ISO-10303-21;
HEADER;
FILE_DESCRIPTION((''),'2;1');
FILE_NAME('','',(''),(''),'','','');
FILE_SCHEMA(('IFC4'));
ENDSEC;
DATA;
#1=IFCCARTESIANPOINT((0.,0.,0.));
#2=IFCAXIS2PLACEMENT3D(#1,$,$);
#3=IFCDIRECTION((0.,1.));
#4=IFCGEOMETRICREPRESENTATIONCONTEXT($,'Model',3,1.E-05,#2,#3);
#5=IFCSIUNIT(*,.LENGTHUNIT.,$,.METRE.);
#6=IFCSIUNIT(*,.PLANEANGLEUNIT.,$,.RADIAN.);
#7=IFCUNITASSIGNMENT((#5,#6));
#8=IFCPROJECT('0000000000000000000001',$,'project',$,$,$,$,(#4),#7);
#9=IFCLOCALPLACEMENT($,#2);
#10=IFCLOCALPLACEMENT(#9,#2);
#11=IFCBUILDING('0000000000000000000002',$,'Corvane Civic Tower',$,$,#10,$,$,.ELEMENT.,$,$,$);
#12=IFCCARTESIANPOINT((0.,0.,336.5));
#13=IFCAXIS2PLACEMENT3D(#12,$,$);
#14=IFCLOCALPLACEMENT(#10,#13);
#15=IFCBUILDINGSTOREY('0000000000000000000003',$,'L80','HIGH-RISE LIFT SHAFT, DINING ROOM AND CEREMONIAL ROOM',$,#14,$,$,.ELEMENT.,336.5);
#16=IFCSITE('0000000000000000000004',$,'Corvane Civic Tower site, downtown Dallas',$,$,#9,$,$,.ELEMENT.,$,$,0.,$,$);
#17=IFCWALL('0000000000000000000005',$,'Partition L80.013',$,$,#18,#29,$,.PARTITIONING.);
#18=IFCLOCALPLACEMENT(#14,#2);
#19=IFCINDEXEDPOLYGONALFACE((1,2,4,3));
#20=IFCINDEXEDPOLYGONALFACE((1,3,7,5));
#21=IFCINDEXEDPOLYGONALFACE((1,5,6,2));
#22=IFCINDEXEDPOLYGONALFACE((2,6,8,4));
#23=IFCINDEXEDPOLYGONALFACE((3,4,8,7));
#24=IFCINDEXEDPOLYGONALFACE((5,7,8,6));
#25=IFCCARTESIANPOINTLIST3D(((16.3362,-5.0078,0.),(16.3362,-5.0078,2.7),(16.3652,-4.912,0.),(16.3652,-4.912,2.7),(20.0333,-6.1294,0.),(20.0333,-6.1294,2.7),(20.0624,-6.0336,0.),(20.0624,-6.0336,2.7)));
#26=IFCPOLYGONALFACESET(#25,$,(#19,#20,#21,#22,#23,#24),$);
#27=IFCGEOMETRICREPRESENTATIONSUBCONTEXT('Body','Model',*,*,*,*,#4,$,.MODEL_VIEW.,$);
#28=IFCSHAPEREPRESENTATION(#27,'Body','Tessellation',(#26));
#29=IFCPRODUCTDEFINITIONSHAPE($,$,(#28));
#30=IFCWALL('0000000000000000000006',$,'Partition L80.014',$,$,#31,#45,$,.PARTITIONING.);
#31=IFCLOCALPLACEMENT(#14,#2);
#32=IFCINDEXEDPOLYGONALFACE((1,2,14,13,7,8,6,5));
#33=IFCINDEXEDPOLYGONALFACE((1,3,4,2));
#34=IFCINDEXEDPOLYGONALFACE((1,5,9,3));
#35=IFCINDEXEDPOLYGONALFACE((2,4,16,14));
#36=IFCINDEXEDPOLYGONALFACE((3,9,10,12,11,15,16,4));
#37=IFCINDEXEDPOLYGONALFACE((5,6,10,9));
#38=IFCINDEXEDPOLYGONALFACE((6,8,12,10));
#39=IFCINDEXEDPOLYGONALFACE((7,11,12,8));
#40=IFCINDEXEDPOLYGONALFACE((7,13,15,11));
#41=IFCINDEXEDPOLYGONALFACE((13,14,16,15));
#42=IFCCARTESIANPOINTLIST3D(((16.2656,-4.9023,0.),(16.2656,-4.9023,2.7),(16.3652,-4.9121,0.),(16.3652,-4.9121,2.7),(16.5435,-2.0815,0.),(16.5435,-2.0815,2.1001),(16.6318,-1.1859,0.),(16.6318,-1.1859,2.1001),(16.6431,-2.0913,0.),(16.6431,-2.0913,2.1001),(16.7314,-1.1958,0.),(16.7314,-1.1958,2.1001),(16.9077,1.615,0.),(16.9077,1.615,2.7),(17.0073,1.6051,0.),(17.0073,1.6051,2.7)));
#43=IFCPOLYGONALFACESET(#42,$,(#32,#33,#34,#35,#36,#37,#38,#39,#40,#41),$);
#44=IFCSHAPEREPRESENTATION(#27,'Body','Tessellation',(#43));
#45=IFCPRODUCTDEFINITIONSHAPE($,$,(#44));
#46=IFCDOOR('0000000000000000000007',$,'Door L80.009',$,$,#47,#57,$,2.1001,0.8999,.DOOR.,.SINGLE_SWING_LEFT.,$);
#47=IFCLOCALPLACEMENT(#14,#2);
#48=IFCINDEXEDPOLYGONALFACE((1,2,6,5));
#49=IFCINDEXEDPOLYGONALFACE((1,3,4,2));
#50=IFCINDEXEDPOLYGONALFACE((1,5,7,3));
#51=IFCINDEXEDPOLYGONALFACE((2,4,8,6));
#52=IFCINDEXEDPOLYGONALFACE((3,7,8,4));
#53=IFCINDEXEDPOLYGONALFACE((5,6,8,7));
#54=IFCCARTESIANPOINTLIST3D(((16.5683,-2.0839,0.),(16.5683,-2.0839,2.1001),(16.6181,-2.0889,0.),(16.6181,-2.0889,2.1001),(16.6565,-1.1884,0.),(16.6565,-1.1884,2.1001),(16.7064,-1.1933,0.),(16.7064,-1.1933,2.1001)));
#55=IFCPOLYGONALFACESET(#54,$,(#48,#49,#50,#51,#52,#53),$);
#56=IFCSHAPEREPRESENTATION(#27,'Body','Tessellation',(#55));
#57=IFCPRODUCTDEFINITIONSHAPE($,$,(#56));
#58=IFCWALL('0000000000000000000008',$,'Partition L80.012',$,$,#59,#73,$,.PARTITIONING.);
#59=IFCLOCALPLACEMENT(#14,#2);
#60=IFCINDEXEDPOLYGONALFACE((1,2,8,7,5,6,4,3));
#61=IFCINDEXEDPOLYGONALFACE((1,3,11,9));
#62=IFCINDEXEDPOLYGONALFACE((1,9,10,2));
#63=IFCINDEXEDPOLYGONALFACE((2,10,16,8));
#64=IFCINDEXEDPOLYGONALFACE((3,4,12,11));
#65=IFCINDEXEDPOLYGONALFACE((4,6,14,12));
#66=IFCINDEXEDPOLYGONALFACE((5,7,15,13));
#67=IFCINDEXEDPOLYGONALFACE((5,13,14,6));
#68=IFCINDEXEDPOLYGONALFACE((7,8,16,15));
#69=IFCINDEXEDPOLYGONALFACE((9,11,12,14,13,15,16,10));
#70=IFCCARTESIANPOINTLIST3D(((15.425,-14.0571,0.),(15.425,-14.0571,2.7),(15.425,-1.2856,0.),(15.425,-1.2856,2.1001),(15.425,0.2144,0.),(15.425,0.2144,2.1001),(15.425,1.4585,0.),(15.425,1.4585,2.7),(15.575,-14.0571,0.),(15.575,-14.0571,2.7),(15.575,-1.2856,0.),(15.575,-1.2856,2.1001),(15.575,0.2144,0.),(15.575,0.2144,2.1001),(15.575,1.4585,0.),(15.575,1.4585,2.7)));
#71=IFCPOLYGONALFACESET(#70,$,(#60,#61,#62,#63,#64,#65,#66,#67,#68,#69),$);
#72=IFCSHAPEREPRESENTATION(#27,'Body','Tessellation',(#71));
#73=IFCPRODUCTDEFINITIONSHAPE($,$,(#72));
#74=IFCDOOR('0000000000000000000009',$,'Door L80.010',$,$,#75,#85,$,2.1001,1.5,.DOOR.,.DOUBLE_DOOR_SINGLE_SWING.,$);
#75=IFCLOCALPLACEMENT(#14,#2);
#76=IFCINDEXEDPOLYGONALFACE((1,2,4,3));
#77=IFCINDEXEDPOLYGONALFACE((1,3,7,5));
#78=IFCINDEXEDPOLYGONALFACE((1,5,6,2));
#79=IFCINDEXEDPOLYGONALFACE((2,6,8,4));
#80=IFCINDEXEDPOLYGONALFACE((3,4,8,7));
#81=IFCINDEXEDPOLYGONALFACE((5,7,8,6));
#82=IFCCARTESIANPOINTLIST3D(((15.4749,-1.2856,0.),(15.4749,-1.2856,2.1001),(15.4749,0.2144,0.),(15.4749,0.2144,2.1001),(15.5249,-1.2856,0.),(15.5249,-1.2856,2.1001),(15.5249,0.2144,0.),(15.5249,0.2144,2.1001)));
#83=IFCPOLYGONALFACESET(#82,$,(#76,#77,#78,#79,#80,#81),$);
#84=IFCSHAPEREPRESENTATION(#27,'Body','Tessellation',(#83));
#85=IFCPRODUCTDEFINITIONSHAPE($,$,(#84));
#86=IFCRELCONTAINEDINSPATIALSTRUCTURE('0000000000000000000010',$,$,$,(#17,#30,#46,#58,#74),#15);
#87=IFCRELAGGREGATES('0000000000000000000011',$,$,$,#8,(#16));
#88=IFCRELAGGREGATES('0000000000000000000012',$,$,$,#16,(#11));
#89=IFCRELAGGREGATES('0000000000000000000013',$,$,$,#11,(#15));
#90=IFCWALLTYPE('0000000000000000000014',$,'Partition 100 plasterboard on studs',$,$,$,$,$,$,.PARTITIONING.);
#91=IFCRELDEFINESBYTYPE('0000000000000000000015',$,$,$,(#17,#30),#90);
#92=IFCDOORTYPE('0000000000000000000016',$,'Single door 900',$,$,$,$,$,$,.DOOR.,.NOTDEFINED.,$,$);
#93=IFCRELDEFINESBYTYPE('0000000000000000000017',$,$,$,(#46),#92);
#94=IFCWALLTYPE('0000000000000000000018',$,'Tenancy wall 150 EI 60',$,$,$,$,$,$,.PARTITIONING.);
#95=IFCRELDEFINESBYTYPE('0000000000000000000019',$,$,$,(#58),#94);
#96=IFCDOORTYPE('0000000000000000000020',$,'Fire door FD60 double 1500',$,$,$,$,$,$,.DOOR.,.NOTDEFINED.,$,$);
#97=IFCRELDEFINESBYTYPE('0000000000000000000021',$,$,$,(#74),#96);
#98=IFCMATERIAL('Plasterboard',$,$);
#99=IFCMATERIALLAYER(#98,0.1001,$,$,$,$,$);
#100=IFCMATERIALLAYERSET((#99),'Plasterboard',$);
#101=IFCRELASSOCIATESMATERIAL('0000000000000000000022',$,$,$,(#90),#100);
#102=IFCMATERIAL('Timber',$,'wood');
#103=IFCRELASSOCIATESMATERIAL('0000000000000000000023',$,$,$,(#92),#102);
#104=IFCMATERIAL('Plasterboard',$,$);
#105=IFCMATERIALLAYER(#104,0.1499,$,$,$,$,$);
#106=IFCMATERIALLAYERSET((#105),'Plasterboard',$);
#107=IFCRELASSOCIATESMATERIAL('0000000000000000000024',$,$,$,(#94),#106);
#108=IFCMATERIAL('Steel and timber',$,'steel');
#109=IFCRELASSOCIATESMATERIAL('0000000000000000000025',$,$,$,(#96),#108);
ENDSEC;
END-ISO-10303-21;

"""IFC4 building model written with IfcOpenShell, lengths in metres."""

from ifc_helpers import new_model, si_unit, direction, frame, frame_2d, origin, place, context, subcontext, project, spatial, rectangle, extrude, material, layer, layer_set, type_object, element, fill, save


model = new_model("IFC4")

# Units and contexts
model_context = context("Model", 3, precision=1e-05, world=origin(), true_north=direction((0.0, 1.0)))
body_context = subcontext(model_context, "Body", "Model", "MODEL_VIEW")
ifc_project = project(units=[si_unit("LENGTHUNIT", "METRE"), si_unit("PLANEANGLEUNIT", "RADIAN")], contexts=[model_context])

# Site, building, storey
site_placement = place(None, origin())
site = spatial("IfcSite", under=ifc_project, at=site_placement, Name="Corvane Civic Tower site, downtown Dallas", CompositionType="ELEMENT", RefElevation=0.0)
building_placement = place(site_placement, origin())
building = spatial("IfcBuilding", under=site, at=building_placement, Name="Corvane Civic Tower", CompositionType="ELEMENT")
storey_placement = place(building_placement, frame((0.0, 0.0, 336.5)))
storey = spatial("IfcBuildingStorey", under=building, at=storey_placement, Name="L80", Description="HIGH-RISE LIFT SHAFT, DINING ROOM AND CEREMONIAL ROOM", CompositionType="ELEMENT", Elevation=336.5)

# Wall
ifc_material_1 = material(Name="Plasterboard")
ifc_layer_1 = layer(ifc_material_1, 0.1001)
ifc_layer_set_1 = layer_set([ifc_layer_1], Name="Plasterboard")
wall_type_1 = type_object("IfcWallType", Name="Partition 100 plasterboard on studs", PredefinedType="PARTITIONING", material=ifc_layer_set_1)
wall_1_placement = place(storey_placement, frame((16.3508, -4.96, 0.0), z_axis=(0.0, 0.0, 1.0), x_axis=(0.956938, -0.290291, 0.0)))
element("IfcWall", 1, at=wall_1_placement, inside=storey, type_object=wall_type_1, Name="Partition L80.013", PredefinedType="PARTITIONING", context=body_context, shape_type="SweptSolid", body=[
    extrude(rectangle(XDim=3.8635, YDim=0.1001, at=frame_2d((1.9316, 0.0))), origin(), (0.0, 0.0, 1.0), 2.7),
])

# Walls, openings, doors
wall_2_placement = place(storey_placement, frame((16.3154, -4.9072, 0.0), z_axis=(0.0, 0.0, 1.0), x_axis=(0.098046, 0.995182, 0.0)))
wall_2 = element("IfcWall", 2, at=wall_2_placement, inside=storey, type_object=wall_type_1, Name="Partition L80.014", PredefinedType="PARTITIONING", context=body_context, shape_type="SweptSolid", body=[
    extrude(rectangle(XDim=6.5488, YDim=0.1001, at=frame_2d((3.2744, 0.0))), origin(), (0.0, 0.0, 1.0), 2.7),
])
opening_1_placement = place(wall_2_placement, frame((2.8345, 0.0, 0.0)))
opening_1 = element("IfcOpeningElement", 3, at=opening_1_placement, cuts=wall_2, PredefinedType="OPENING", context=body_context, shape_type="SweptSolid", body=[
    extrude(rectangle(XDim=0.8999, YDim=2.1001, at=frame_2d((0.45, 1.05))), frame((0.0, 0.0601, 0.0), z_axis=(0.0, -1.0, 0.0), x_axis=(1.0, 0.0, 0.0)), (0.0, 0.0, 1.0), 0.1201),
])
ifc_material_2 = material(Name="Timber", Category="wood")
door_type_1 = type_object("IfcDoorType", Name="Single door 900", OperationType="NOTDEFINED", PredefinedType="DOOR", material=ifc_material_2)
door_1_placement = place(opening_1_placement, frame((0.8999, 0.0, 0.0), z_axis=(0.0, 0.0, 1.0), x_axis=(-1.0, 0.0, 0.0)))
door_1 = element("IfcDoor", 4, at=door_1_placement, inside=storey, type_object=door_type_1, Name="Door L80.009", OperationType="SINGLE_SWING_LEFT", OverallHeight=2.1001, OverallWidth=0.8999, PredefinedType="DOOR", context=body_context, shape_type="SweptSolid", body=[
    extrude(rectangle(XDim=0.8999, YDim=2.1001, at=frame_2d((0.45, 1.05))), frame((0.0, 0.0249, 0.0), z_axis=(0.0, -1.0, 0.0), x_axis=(1.0, 0.0, 0.0)), (0.0, 0.0, 1.0), 0.05),
])
fill(opening_1, door_1)
ifc_material_3 = material(Name="Plasterboard")
ifc_layer_2 = layer(ifc_material_3, 0.1499)
ifc_layer_set_2 = layer_set([ifc_layer_2], Name="Plasterboard")
wall_type_2 = type_object("IfcWallType", Name="Tenancy wall 150 EI 60", PredefinedType="PARTITIONING", material=ifc_layer_set_2)
wall_3_placement = place(storey_placement, frame((15.5, -14.0571, 0.0), z_axis=(0.0, 0.0, 1.0), x_axis=(0.0, 1.0, 0.0)))
wall_3 = element("IfcWall", 5, at=wall_3_placement, inside=storey, type_object=wall_type_2, Name="Partition L80.012", PredefinedType="PARTITIONING", context=body_context, shape_type="SweptSolid", body=[
    extrude(rectangle(XDim=15.5156, YDim=0.1499, at=frame_2d((7.7578, 0.0))), origin(), (0.0, 0.0, 1.0), 2.7),
])
opening_2_placement = place(wall_3_placement, frame((12.7715, 0.0, 0.0)))
opening_2 = element("IfcOpeningElement", 6, at=opening_2_placement, cuts=wall_3, PredefinedType="OPENING", context=body_context, shape_type="SweptSolid", body=[
    extrude(rectangle(XDim=1.5, YDim=2.1001, at=frame_2d((0.75, 1.05))), frame((0.0, 0.085, 0.0), z_axis=(0.0, -1.0, 0.0), x_axis=(1.0, 0.0, 0.0)), (0.0, 0.0, 1.0), 0.1699),
])
ifc_material_4 = material(Name="Steel and timber", Category="steel")
door_type_2 = type_object("IfcDoorType", Name="Fire door FD60 double 1500", OperationType="NOTDEFINED", PredefinedType="DOOR", material=ifc_material_4)
door_2_placement = place(opening_2_placement, frame((1.5, 0.0, 0.0), z_axis=(0.0, 0.0, 1.0), x_axis=(-1.0, 0.0, 0.0)))
door_2 = element("IfcDoor", 7, at=door_2_placement, inside=storey, type_object=door_type_2, Name="Door L80.010", OperationType="DOUBLE_DOOR_SINGLE_SWING", OverallHeight=2.1001, OverallWidth=1.5, PredefinedType="DOOR", context=body_context, shape_type="SweptSolid", body=[
    extrude(rectangle(XDim=1.5, YDim=2.1001, at=frame_2d((0.75, 1.05))), frame((0.0, 0.0249, 0.0), z_axis=(0.0, -1.0, 0.0), x_axis=(1.0, 0.0, 0.0)), (0.0, 0.0, 1.0), 0.05),
])
fill(opening_2, door_2)

save(model, "model.ifc")
